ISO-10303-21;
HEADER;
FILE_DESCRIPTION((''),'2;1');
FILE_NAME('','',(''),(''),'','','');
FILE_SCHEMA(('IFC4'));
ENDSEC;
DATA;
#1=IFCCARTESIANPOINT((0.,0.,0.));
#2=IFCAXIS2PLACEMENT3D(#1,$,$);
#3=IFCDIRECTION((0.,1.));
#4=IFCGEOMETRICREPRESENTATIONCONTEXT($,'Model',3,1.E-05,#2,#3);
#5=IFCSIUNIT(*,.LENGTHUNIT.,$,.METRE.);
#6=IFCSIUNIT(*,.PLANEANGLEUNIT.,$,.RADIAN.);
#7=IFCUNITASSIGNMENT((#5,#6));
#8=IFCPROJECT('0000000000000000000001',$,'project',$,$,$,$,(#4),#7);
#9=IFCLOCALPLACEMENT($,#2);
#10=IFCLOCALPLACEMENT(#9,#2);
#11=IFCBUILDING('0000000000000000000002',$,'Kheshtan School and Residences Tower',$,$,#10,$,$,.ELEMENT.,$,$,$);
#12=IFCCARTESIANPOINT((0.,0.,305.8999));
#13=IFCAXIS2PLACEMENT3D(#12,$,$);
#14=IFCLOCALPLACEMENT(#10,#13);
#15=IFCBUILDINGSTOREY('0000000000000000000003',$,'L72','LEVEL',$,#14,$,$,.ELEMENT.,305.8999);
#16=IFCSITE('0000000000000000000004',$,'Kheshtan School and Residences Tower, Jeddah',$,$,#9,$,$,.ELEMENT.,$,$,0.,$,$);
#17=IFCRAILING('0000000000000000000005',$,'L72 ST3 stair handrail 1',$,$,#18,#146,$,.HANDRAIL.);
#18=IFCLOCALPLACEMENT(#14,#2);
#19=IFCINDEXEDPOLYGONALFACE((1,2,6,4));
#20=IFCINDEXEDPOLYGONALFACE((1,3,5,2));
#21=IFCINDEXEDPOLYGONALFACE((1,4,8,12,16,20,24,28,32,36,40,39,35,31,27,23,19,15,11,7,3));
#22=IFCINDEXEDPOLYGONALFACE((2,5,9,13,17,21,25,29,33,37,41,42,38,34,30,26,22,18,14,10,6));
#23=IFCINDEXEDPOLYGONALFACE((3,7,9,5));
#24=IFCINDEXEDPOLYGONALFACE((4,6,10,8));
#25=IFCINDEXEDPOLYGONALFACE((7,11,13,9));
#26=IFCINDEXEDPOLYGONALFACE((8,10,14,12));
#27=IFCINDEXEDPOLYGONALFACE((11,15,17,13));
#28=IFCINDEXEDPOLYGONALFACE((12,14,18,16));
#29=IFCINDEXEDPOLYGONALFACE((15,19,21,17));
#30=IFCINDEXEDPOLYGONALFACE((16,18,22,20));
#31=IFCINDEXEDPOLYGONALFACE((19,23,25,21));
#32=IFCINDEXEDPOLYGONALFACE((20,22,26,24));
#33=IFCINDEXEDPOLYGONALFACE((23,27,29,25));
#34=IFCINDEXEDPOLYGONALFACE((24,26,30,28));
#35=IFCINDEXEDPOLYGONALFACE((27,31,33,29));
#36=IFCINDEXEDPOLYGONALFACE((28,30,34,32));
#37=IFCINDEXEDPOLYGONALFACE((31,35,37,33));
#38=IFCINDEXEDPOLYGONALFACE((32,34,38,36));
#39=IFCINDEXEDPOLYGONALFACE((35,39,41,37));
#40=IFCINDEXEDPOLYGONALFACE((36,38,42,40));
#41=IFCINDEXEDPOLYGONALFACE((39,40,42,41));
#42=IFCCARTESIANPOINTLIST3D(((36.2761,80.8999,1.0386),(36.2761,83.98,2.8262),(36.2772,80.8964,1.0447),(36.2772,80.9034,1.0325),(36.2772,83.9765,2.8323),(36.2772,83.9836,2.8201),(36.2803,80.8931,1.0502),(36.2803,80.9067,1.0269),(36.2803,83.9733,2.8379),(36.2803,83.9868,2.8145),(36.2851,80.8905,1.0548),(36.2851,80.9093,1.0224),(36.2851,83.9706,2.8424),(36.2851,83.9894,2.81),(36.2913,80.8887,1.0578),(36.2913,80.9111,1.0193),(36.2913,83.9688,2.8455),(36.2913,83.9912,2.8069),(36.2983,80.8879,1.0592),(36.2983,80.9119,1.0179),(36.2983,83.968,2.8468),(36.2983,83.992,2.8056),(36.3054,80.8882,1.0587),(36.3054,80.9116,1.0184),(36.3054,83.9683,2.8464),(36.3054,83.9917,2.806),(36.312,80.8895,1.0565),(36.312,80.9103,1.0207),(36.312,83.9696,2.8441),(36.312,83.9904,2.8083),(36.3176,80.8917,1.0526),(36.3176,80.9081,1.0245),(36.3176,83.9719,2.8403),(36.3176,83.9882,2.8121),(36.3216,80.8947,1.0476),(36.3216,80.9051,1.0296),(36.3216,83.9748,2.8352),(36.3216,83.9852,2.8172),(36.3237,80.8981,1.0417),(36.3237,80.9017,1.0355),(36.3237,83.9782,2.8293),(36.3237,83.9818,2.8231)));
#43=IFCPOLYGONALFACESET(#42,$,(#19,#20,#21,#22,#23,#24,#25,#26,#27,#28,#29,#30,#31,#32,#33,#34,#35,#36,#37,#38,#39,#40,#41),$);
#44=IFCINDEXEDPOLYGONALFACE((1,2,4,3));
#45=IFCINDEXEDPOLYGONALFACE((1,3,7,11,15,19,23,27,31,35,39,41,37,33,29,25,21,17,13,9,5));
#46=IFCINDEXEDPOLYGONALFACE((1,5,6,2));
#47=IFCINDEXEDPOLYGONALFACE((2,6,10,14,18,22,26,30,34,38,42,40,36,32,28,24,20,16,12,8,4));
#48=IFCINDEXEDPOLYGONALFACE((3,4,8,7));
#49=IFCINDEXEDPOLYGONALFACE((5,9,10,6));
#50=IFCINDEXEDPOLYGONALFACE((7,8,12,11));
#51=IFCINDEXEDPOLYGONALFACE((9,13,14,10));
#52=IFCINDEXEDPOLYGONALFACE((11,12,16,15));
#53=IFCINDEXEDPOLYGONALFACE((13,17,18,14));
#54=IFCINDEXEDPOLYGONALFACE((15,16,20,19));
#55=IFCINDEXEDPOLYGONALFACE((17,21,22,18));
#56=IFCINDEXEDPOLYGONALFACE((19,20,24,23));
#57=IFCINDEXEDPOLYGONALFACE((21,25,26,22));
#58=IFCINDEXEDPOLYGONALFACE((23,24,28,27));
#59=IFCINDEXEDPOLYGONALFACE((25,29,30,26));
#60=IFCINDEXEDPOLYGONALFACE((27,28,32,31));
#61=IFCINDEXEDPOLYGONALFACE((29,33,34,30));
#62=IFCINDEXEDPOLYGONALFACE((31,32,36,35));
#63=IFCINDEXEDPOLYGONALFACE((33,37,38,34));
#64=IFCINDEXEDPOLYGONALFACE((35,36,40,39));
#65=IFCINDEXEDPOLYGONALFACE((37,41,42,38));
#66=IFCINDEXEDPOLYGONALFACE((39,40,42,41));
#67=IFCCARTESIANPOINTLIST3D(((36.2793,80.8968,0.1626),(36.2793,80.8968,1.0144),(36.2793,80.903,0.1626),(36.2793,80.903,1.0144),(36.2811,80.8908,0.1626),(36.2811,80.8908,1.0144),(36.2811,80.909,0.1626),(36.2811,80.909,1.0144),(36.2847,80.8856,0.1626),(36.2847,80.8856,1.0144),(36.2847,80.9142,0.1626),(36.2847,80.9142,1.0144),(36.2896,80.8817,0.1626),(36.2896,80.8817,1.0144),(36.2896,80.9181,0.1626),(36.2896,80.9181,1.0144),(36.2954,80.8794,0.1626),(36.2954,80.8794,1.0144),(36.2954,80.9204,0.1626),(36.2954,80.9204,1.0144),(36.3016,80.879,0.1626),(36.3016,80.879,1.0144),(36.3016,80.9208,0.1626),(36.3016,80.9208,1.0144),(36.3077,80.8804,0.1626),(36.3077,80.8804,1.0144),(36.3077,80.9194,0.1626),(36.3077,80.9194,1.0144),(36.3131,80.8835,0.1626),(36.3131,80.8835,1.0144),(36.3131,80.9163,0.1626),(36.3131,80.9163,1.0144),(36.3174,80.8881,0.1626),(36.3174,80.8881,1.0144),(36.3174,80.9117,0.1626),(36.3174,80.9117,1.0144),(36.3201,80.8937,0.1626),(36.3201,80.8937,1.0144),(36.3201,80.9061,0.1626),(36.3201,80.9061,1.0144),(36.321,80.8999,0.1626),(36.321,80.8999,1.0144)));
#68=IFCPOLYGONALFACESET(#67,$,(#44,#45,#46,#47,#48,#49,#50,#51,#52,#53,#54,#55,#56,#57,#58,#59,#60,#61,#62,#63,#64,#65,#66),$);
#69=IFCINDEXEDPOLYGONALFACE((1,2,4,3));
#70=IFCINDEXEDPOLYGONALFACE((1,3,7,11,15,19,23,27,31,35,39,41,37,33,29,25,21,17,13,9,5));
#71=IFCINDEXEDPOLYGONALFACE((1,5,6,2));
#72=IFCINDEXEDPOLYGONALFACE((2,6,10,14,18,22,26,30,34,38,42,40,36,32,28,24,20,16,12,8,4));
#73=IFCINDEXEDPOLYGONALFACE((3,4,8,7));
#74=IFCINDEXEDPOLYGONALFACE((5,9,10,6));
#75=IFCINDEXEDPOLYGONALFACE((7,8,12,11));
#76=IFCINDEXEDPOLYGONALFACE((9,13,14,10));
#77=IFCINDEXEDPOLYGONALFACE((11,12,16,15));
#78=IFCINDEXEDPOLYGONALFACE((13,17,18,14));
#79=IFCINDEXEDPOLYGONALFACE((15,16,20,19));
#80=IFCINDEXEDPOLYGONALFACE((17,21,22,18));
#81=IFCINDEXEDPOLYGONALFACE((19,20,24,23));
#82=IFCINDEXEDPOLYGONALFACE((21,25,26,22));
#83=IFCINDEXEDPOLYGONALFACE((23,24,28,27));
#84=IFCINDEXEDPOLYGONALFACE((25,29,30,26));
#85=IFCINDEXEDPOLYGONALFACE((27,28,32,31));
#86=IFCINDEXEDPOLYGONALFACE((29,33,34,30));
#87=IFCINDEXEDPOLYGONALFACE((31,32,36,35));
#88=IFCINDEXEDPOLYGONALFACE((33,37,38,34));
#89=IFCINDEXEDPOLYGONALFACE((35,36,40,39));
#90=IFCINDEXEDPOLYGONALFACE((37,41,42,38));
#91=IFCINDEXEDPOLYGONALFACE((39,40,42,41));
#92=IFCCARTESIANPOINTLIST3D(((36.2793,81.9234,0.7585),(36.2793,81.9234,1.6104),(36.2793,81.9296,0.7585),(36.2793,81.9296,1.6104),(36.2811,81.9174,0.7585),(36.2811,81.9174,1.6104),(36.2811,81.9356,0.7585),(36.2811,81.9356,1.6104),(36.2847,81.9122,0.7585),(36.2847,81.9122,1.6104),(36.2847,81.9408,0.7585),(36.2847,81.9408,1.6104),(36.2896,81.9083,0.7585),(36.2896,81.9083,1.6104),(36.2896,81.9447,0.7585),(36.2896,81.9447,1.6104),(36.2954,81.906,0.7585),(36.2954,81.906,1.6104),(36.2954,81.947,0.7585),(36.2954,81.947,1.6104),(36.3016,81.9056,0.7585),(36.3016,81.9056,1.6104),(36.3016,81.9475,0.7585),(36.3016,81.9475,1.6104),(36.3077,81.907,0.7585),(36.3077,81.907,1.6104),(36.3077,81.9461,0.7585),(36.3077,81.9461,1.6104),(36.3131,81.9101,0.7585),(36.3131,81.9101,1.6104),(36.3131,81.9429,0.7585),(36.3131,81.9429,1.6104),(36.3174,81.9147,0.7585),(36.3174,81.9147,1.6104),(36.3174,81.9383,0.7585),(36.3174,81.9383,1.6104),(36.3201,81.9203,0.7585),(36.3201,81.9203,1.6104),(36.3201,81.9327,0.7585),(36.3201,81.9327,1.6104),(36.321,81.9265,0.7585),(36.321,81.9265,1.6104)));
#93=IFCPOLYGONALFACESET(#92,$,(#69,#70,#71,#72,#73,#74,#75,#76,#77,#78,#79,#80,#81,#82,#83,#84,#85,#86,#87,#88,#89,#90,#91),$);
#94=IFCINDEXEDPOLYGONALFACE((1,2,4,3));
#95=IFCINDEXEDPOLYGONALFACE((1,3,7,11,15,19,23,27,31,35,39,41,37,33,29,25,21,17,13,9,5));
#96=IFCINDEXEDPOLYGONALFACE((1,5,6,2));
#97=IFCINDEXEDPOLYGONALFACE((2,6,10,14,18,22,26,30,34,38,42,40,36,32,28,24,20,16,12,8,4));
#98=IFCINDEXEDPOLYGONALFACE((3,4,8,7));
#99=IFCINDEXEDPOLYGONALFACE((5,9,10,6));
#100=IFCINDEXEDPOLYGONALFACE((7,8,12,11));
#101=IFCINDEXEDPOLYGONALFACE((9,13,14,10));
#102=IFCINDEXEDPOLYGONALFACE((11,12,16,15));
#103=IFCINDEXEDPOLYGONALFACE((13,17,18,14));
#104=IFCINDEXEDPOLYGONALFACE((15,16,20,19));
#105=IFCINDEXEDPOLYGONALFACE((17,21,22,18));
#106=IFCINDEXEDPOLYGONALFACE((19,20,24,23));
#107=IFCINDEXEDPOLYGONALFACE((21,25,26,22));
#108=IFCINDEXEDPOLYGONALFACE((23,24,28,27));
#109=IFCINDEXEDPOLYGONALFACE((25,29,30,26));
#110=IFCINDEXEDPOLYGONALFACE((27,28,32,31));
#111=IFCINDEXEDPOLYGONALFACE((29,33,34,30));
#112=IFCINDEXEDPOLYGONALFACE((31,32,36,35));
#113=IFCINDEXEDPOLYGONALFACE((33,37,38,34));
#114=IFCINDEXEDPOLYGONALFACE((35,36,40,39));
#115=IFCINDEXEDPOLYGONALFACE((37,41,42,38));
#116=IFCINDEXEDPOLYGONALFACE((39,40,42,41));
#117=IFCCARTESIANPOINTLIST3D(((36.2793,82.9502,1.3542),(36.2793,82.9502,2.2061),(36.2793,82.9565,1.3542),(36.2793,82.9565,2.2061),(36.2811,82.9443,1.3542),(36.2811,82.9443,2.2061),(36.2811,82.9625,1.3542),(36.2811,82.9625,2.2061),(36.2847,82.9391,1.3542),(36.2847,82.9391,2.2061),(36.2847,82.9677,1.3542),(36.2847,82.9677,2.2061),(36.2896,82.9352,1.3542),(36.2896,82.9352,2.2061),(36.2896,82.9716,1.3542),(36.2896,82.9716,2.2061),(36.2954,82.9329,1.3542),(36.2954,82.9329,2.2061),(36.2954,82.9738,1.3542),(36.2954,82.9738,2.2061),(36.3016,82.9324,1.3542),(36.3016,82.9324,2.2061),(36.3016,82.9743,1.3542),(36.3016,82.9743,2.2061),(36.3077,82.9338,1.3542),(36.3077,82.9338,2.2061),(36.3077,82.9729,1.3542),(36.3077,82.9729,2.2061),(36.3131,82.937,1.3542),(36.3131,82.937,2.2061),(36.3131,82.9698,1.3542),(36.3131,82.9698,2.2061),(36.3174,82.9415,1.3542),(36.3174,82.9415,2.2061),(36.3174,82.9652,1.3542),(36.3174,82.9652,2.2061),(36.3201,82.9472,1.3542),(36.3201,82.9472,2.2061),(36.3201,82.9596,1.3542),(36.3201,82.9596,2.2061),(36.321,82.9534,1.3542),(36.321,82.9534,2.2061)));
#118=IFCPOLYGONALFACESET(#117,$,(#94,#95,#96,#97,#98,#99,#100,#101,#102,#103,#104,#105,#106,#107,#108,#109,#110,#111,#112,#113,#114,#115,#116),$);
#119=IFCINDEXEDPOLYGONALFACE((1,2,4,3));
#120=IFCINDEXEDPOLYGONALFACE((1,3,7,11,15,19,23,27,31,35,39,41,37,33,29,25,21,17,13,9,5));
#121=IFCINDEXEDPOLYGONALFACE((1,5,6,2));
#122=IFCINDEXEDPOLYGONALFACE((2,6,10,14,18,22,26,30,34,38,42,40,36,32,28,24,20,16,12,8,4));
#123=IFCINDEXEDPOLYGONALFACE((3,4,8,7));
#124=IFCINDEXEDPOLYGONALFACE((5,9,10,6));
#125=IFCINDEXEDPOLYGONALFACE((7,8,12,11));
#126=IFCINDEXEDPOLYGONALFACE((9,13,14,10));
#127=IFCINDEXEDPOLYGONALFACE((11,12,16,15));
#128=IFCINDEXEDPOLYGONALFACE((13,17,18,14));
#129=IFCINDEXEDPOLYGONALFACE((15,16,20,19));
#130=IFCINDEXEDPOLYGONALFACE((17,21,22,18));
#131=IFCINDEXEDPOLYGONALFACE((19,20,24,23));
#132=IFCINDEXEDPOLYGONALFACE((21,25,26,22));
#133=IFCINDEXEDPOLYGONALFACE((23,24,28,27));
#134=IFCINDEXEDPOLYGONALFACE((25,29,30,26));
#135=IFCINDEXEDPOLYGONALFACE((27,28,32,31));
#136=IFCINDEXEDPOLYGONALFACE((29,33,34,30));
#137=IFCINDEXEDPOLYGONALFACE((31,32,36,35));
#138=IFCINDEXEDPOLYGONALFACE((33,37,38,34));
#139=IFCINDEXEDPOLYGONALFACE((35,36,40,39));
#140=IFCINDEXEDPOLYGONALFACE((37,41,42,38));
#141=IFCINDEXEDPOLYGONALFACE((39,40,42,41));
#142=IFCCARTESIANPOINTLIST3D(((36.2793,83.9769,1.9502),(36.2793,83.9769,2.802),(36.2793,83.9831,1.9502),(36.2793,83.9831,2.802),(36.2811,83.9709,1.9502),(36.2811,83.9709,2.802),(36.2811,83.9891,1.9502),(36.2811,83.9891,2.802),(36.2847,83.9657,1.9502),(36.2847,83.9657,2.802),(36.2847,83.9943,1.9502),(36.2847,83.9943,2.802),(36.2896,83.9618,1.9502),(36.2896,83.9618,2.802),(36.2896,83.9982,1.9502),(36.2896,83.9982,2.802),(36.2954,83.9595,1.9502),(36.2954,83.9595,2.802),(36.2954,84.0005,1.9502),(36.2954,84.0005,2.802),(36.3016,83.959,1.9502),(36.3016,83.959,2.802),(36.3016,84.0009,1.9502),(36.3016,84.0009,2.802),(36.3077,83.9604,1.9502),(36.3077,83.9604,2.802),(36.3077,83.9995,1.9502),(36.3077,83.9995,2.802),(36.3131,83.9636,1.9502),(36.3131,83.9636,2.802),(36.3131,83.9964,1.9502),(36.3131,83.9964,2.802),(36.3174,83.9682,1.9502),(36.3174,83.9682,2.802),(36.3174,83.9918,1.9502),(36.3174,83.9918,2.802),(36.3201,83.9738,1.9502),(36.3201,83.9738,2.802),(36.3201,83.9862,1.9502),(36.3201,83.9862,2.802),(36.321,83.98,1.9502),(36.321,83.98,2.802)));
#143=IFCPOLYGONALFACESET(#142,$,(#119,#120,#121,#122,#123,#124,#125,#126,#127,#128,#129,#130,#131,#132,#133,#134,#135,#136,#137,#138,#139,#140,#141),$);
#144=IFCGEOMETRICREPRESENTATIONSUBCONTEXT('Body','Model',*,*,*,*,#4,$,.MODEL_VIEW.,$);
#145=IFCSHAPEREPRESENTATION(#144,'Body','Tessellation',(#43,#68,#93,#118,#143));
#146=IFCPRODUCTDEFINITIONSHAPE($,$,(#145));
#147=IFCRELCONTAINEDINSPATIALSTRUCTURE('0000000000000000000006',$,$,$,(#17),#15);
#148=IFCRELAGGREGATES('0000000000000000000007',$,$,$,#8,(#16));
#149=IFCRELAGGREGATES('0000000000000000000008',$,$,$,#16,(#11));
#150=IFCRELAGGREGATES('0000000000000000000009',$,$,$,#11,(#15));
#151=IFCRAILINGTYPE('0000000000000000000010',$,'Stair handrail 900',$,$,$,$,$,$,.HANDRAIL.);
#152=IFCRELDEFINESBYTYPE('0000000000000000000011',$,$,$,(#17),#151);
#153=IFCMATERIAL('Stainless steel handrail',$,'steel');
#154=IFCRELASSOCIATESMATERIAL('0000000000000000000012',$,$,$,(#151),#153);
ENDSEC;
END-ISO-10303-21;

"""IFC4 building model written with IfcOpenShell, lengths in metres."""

from ifc_helpers import new_model, si_unit, direction, frame, origin, origin_2d, place, context, subcontext, project, spatial, circle, extrude, material, type_object, element, save


model = new_model("IFC4")

# Units and contexts
model_context = context("Model", 3, precision=1e-05, world=origin(), true_north=direction((0.0, 1.0)))
body_context = subcontext(model_context, "Body", "Model", "MODEL_VIEW")
ifc_project = project(units=[si_unit("LENGTHUNIT", "METRE"), si_unit("PLANEANGLEUNIT", "RADIAN")], contexts=[model_context])

# Site, building, storey
site_placement = place(None, origin())
site = spatial("IfcSite", under=ifc_project, at=site_placement, Name="Kheshtan School and Residences Tower, Jeddah", CompositionType="ELEMENT", RefElevation=0.0)
building_placement = place(site_placement, origin())
building = spatial("IfcBuilding", under=site, at=building_placement, Name="Kheshtan School and Residences Tower", CompositionType="ELEMENT")
storey_placement = place(building_placement, frame((0.0, 0.0, 305.8999)))
storey = spatial("IfcBuildingStorey", under=building, at=storey_placement, Name="L72", Description="LEVEL", CompositionType="ELEMENT", Elevation=305.8999)

# Railing
ifc_material_1 = material(Name="Stainless steel handrail", Category="steel")
railing_type_1 = type_object("IfcRailingType", Name="Stair handrail 900", PredefinedType="HANDRAIL", material=ifc_material_1)
railing_1_placement = place(storey_placement, frame((36.3, 80.8999, 0.1626)))
element("IfcRailing", 1, at=railing_1_placement, inside=storey, type_object=railing_type_1, Name="L72 ST3 stair handrail 1", PredefinedType="HANDRAIL", context=body_context, shape_type="SweptSolid", body=[
    extrude(circle(Radius=0.0239, at=origin_2d()), frame((0.0, 0.0, 0.876), z_axis=(0.0, 0.864891, 0.50196), x_axis=(-1.0, 0.0, 0.0)), (0.0, 0.0, 1.0), 3.5613),
    extrude(circle(Radius=0.021, at=origin_2d()), origin(), (0.0, 0.0, 1.0), 0.8518),
    extrude(circle(Radius=0.021, at=origin_2d()), frame((0.0, 1.0266, 0.5959)), (0.0, 0.0, 1.0), 0.8518),
    extrude(circle(Radius=0.021, at=origin_2d()), frame((0.0, 2.0535, 1.1917)), (0.0, 0.0, 1.0), 0.8518),
    extrude(circle(Radius=0.021, at=origin_2d()), frame((0.0, 3.0801, 1.7876)), (0.0, 0.0, 1.0), 0.8518),
])

save(model, "model.ifc")
